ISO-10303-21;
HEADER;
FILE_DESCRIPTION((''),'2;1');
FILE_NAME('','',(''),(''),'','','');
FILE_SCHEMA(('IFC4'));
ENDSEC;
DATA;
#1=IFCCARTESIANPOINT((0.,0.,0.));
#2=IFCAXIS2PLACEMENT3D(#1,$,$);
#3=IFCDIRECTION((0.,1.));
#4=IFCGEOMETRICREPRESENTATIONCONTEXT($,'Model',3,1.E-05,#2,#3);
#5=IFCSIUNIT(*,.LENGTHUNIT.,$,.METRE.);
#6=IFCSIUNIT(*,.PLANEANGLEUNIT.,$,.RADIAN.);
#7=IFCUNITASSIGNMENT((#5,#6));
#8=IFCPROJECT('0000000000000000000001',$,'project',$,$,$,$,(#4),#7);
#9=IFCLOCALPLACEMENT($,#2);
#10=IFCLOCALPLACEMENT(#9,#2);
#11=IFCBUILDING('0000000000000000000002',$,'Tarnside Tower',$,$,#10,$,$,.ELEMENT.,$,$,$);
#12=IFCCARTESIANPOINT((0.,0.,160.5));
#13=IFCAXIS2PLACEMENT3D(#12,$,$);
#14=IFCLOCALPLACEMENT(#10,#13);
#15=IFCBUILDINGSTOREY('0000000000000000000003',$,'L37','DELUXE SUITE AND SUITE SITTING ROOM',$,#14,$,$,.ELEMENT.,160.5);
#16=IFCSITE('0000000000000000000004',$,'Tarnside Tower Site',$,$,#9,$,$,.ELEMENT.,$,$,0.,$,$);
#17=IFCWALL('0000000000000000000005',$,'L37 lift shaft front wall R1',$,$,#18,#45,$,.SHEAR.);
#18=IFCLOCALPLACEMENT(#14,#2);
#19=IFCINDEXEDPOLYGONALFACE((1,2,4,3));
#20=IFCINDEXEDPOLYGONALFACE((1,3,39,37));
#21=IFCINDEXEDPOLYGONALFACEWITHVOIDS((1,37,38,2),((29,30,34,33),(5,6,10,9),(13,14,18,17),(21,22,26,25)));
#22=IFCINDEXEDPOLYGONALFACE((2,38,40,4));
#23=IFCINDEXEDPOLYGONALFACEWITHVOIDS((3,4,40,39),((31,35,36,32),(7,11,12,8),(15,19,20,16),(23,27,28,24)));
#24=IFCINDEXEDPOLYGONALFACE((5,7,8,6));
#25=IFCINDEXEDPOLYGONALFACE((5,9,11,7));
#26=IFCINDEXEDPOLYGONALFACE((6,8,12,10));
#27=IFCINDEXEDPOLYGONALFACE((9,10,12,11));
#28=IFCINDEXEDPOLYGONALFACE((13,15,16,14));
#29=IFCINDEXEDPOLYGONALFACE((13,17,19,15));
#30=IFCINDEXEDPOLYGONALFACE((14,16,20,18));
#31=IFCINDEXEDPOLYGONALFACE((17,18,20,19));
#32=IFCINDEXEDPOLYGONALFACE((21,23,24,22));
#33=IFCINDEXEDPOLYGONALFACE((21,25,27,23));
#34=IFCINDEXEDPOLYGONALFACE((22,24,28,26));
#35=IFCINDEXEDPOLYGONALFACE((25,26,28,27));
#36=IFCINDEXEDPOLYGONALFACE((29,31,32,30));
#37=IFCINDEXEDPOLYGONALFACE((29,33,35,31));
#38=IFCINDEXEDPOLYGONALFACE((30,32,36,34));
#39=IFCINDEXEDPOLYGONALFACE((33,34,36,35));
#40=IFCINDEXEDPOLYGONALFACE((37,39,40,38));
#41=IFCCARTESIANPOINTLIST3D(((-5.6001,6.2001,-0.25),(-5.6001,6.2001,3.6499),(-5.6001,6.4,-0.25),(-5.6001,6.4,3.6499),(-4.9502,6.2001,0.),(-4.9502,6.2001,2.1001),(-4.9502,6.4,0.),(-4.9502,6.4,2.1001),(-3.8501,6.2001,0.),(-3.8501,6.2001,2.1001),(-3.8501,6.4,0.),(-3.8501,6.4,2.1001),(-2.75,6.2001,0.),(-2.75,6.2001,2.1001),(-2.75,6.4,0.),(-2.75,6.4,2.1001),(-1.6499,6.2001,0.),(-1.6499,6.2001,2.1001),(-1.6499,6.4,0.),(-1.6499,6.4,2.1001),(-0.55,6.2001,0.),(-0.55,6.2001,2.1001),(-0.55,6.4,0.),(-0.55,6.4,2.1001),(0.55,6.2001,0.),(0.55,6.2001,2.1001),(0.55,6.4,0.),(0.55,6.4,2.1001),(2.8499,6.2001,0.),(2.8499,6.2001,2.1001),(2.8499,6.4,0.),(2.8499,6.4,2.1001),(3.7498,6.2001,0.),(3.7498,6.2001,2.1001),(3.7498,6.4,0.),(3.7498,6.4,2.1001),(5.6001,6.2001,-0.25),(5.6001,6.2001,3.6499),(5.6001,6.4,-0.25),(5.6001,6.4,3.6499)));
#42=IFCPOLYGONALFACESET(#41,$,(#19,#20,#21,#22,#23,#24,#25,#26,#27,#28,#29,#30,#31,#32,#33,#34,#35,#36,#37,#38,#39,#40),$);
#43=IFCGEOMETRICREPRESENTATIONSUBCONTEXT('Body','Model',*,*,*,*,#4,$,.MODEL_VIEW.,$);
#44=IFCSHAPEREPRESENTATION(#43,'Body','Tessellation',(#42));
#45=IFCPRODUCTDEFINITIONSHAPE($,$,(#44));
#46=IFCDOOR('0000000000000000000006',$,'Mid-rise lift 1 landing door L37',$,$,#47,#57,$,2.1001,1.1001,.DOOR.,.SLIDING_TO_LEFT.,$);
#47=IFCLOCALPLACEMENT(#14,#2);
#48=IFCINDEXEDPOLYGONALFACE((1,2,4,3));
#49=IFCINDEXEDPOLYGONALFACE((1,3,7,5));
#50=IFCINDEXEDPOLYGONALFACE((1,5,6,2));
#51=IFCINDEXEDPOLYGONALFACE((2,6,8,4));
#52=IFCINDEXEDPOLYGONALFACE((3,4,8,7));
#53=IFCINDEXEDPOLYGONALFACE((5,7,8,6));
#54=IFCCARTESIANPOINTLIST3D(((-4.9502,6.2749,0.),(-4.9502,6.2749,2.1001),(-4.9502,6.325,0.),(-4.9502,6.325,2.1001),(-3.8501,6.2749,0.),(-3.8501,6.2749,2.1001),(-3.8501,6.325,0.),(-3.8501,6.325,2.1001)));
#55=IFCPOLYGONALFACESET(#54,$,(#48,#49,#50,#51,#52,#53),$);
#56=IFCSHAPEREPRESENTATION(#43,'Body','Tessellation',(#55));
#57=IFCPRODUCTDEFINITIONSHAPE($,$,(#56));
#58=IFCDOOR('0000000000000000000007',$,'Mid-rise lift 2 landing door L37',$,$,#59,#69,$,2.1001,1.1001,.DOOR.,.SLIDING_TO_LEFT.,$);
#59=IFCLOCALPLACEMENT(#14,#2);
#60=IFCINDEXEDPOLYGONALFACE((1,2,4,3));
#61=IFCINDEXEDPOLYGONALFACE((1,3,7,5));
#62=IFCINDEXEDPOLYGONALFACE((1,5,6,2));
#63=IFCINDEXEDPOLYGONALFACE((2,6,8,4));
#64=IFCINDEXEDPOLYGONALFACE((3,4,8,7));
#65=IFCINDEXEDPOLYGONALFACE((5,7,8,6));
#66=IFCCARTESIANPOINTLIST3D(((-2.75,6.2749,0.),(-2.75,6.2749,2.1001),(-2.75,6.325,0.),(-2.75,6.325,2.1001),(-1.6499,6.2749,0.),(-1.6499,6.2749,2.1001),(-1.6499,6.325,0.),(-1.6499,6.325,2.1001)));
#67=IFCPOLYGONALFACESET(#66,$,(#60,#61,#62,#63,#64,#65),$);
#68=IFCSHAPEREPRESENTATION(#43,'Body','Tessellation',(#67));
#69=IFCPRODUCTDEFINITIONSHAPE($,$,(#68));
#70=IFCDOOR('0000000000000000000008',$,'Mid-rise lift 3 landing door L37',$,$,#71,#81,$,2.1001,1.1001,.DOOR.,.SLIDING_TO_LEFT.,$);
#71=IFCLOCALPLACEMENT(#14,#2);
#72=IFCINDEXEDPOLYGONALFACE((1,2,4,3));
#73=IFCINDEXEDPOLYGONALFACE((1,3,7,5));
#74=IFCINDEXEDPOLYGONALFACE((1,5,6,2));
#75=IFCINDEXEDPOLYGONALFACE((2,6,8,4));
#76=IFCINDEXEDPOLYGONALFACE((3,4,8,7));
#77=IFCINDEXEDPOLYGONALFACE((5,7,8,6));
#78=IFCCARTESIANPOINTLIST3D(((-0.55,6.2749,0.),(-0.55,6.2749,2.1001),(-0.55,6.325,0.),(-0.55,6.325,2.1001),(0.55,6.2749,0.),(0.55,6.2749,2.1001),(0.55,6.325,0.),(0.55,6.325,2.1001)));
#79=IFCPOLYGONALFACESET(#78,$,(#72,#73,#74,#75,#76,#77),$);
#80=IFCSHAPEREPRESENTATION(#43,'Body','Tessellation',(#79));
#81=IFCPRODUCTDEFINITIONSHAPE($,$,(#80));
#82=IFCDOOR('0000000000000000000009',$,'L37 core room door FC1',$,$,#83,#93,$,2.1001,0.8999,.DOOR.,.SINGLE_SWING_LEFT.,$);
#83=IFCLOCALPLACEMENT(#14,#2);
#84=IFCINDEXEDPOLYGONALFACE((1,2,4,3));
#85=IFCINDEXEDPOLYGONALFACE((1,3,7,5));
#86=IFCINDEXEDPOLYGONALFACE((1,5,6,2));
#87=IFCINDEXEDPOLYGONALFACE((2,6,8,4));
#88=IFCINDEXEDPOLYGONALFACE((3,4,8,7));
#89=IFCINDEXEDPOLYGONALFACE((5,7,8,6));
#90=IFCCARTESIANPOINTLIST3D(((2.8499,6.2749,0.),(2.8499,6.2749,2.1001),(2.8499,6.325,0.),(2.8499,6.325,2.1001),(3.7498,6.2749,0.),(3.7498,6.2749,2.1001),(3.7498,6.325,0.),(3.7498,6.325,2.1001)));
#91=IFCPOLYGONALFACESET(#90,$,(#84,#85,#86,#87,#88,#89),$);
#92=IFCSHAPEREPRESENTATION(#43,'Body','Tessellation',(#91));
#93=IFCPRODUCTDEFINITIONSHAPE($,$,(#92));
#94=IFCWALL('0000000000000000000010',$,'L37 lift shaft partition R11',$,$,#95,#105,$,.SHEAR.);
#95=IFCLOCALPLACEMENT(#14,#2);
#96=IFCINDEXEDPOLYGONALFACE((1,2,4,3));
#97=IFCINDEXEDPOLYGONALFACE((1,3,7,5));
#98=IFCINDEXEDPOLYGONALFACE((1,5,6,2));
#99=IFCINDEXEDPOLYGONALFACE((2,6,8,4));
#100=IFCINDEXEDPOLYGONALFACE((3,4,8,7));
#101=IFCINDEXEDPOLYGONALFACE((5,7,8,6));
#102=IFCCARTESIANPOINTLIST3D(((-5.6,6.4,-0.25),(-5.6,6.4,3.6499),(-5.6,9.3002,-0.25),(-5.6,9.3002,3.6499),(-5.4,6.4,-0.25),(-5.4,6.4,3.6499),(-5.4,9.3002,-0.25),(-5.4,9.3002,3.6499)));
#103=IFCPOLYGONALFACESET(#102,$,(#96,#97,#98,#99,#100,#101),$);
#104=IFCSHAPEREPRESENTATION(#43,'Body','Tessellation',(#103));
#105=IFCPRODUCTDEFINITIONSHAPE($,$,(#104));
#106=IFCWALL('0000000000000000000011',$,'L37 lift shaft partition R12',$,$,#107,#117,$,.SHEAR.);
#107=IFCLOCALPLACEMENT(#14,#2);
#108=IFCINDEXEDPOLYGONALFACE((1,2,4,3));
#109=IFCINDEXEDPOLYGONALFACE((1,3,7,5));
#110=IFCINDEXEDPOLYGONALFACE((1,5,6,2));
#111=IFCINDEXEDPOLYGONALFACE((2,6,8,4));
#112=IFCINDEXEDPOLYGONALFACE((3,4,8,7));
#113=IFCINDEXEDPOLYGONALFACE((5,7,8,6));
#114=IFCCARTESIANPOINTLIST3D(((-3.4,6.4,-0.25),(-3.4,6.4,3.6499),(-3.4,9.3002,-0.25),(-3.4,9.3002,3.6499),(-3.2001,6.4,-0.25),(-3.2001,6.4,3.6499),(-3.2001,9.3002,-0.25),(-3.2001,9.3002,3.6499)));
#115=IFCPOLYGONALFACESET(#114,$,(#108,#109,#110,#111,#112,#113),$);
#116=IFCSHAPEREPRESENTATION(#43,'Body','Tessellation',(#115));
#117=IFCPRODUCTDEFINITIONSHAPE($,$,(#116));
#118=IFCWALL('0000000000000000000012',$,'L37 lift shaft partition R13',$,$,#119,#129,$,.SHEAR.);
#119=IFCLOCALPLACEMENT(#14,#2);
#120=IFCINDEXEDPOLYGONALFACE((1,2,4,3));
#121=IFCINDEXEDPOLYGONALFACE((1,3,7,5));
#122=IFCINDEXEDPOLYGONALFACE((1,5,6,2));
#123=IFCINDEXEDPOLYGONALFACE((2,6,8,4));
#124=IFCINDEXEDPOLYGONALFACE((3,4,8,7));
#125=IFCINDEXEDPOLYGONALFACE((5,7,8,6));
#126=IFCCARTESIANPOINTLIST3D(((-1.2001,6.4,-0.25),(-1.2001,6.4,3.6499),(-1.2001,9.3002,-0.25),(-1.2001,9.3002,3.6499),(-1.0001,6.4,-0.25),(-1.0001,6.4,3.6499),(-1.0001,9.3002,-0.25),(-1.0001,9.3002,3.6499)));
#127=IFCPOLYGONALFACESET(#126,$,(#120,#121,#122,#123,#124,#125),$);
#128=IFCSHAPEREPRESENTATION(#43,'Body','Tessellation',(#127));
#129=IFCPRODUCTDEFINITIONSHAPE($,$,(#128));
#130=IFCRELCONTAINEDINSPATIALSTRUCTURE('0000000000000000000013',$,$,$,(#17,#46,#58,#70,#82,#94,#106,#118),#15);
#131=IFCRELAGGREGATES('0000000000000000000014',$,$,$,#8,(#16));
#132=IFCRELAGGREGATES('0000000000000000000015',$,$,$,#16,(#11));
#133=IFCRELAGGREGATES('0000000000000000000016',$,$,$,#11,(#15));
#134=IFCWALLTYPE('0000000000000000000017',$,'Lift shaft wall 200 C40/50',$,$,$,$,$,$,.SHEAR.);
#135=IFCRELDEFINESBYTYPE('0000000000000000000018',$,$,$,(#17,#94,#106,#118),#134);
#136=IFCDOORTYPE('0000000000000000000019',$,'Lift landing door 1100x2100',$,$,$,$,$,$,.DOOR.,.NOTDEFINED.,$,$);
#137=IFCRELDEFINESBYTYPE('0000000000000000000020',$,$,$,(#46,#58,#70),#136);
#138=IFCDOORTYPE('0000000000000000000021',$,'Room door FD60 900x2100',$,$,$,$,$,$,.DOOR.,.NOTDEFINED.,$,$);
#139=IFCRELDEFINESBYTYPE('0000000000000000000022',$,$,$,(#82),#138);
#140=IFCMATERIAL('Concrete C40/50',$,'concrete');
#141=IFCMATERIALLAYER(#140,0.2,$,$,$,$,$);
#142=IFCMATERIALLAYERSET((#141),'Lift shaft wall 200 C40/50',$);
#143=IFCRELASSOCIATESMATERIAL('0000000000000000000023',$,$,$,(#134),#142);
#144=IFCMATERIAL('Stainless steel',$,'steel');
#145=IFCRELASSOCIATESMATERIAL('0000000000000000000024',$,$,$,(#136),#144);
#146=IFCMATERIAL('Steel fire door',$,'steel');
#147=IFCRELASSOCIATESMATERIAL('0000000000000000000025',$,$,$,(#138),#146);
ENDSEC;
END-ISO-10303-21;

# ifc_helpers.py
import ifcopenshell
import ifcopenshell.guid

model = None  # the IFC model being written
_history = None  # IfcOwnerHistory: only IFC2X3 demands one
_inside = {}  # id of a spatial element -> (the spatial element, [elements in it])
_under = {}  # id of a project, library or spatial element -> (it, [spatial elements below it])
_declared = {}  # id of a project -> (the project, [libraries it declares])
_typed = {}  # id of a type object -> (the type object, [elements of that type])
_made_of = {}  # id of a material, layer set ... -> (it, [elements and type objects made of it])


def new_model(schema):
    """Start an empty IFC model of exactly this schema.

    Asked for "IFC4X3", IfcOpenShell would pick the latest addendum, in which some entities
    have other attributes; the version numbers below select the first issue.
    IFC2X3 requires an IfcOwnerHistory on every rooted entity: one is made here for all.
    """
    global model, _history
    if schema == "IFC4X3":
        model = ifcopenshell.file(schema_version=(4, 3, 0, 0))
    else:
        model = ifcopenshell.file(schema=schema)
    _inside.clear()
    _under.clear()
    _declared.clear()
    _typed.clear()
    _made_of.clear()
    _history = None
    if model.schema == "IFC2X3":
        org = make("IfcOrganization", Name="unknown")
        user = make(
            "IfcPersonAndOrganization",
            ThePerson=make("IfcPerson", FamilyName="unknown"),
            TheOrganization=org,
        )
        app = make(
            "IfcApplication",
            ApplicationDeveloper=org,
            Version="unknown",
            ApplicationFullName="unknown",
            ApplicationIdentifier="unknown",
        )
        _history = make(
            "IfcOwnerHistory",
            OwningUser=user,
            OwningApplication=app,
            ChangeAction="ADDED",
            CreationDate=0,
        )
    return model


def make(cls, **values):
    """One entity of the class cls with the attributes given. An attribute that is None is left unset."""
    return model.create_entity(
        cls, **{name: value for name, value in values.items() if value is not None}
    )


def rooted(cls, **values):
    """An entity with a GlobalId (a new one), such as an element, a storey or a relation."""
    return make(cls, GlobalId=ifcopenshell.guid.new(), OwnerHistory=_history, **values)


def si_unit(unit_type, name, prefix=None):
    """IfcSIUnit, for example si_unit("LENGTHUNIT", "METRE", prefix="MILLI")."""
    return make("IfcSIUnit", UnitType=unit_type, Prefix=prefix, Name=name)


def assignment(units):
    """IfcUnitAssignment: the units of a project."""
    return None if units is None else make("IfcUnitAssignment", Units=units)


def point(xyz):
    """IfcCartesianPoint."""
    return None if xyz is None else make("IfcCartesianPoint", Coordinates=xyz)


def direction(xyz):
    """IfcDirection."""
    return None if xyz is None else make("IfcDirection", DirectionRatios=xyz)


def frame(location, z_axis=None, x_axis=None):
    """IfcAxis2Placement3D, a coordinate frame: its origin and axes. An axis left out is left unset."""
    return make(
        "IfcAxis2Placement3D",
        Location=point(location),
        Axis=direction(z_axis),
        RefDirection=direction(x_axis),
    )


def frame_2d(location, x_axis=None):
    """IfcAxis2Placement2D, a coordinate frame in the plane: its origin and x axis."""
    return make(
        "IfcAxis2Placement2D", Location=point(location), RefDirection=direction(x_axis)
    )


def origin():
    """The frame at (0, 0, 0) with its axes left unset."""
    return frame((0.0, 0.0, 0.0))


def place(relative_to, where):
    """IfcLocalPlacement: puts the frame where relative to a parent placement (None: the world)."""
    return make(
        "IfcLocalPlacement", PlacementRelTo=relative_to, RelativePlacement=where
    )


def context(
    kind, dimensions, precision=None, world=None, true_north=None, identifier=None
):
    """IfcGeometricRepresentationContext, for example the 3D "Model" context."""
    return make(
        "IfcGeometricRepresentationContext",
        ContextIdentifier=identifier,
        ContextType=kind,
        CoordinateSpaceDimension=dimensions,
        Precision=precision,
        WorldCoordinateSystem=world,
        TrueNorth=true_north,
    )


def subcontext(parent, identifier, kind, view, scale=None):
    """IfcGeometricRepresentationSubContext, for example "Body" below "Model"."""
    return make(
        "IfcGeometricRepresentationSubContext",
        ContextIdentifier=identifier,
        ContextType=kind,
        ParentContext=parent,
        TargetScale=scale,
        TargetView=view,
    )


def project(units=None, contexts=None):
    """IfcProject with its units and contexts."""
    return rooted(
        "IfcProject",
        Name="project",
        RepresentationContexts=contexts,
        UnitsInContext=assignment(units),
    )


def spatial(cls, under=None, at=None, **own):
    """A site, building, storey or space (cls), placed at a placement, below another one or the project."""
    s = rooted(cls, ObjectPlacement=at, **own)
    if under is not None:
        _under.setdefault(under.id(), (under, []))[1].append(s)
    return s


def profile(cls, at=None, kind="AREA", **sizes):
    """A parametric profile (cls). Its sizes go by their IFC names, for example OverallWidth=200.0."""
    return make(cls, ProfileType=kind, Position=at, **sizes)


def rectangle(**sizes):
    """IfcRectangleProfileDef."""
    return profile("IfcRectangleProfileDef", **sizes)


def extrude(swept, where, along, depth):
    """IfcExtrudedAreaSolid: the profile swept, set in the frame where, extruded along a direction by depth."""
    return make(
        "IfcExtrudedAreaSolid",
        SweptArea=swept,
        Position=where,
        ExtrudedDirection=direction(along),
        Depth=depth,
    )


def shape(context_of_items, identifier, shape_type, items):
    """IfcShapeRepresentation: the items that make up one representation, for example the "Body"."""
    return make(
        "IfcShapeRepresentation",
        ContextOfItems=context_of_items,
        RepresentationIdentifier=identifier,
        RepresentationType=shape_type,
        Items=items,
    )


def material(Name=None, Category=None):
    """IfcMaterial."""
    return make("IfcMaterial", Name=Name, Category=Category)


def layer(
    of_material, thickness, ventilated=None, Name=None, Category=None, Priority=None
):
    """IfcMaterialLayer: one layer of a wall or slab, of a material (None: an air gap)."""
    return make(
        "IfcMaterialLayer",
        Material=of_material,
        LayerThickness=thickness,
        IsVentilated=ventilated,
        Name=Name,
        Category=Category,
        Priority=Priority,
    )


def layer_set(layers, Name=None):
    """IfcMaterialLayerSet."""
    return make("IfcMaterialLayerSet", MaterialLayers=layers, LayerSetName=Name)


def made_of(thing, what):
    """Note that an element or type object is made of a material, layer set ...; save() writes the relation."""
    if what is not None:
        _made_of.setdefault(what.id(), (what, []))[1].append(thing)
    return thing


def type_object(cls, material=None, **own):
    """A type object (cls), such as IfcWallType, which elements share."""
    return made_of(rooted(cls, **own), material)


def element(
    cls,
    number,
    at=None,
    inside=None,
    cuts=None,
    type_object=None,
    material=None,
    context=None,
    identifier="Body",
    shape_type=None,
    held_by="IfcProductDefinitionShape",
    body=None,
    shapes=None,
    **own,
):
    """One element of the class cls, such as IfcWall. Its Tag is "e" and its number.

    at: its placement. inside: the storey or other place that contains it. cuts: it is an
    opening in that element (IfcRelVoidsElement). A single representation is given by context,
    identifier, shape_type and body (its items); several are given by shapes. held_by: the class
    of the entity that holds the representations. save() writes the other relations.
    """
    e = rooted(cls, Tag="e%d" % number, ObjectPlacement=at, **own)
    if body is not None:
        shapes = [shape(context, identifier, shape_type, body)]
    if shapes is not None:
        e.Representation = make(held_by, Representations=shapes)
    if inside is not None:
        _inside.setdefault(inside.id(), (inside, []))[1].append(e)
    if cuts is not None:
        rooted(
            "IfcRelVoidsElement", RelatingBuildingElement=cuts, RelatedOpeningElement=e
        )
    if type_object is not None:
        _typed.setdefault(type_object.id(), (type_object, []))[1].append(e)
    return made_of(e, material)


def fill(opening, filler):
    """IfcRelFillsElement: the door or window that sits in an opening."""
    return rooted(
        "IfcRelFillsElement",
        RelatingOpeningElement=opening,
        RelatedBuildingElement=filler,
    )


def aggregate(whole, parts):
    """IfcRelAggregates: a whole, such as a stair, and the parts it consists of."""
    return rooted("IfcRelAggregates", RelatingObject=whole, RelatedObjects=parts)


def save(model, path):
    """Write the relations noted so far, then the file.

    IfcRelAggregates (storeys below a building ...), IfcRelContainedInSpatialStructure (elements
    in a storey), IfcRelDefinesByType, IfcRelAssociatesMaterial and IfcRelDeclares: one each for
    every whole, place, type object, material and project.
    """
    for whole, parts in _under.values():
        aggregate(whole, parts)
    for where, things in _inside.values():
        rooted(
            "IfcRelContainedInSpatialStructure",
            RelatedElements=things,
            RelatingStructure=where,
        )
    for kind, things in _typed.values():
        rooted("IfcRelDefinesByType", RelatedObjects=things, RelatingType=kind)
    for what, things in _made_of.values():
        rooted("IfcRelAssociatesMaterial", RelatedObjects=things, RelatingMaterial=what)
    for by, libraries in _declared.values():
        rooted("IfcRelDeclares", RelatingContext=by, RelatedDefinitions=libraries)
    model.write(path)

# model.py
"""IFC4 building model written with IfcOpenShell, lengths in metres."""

from ifc_helpers import new_model, si_unit, direction, frame, frame_2d, origin, place, context, subcontext, project, spatial, rectangle, extrude, material, layer, layer_set, type_object, element, fill, save


model = new_model("IFC4")

# Units and contexts
model_context = context("Model", 3, precision=1e-05, world=origin(), true_north=direction((0.0, 1.0)))
body_context = subcontext(model_context, "Body", "Model", "MODEL_VIEW")
ifc_project = project(units=[si_unit("LENGTHUNIT", "METRE"), si_unit("PLANEANGLEUNIT", "RADIAN")], contexts=[model_context])

# Site, building, storey
site_placement = place(None, origin())
site = spatial("IfcSite", under=ifc_project, at=site_placement, Name="Tarnside Tower Site", CompositionType="ELEMENT", RefElevation=0.0)
building_placement = place(site_placement, origin())
building = spatial("IfcBuilding", under=site, at=building_placement, Name="Tarnside Tower", CompositionType="ELEMENT")
storey_placement = place(building_placement, frame((0.0, 0.0, 160.5)))
storey = spatial("IfcBuildingStorey", under=building, at=storey_placement, Name="L37", Description="DELUXE SUITE AND SUITE SITTING ROOM", CompositionType="ELEMENT", Elevation=160.5)

# Wall, openings, doors
ifc_material_1 = material(Name="Concrete C40/50", Category="concrete")
ifc_layer = layer(ifc_material_1, 0.2)
ifc_layer_set = layer_set([ifc_layer], Name="Lift shaft wall 200 C40/50")
wall_type = type_object("IfcWallType", Name="Lift shaft wall 200 C40/50", PredefinedType="SHEAR", material=ifc_layer_set)
wall_1_placement = place(storey_placement, frame((-5.6001, 6.3, -0.25), z_axis=(0.0, 0.0, 1.0), x_axis=(1.0, 0.0, 0.0)))
wall_1 = element("IfcWall", 1, at=wall_1_placement, inside=storey, type_object=wall_type, Name="L37 lift shaft front wall R1", PredefinedType="SHEAR", context=body_context, shape_type="SweptSolid", body=[
    extrude(rectangle(XDim=11.2002, YDim=0.2, at=frame_2d((5.6001, 0.0))), origin(), (0.0, 0.0, 1.0), 3.8999),
])
opening_1_placement = place(wall_1_placement, frame((8.45, 0.0, 0.25)))
opening_1 = element("IfcOpeningElement", 2, at=opening_1_placement, cuts=wall_1, PredefinedType="OPENING", context=body_context, shape_type="SweptSolid", body=[
    extrude(rectangle(XDim=0.8999, YDim=2.1001, at=frame_2d((0.45, 1.05))), frame((0.0, 0.1099, 0.0), z_axis=(0.0, -1.0, 0.0), x_axis=(1.0, 0.0, 0.0)), (0.0, 0.0, 1.0), 0.22),
])
opening_2_placement = place(wall_1_placement, frame((0.6499, 0.0, 0.25)))
opening_2 = element("IfcOpeningElement", 3, at=opening_2_placement, cuts=wall_1, PredefinedType="OPENING", context=body_context, shape_type="SweptSolid", body=[
    extrude(rectangle(XDim=1.1001, YDim=2.1001, at=frame_2d((0.55, 1.05))), frame((0.0, 0.1099, 0.0), z_axis=(0.0, -1.0, 0.0), x_axis=(1.0, 0.0, 0.0)), (0.0, 0.0, 1.0), 0.22),
])
opening_3_placement = place(wall_1_placement, frame((2.8501, 0.0, 0.25)))
opening_3 = element("IfcOpeningElement", 4, at=opening_3_placement, cuts=wall_1, PredefinedType="OPENING", context=body_context, shape_type="SweptSolid", body=[
    extrude(rectangle(XDim=1.1001, YDim=2.1001, at=frame_2d((0.55, 1.05))), frame((0.0, 0.1099, 0.0), z_axis=(0.0, -1.0, 0.0), x_axis=(1.0, 0.0, 0.0)), (0.0, 0.0, 1.0), 0.22),
])
opening_4_placement = place(wall_1_placement, frame((5.05, 0.0, 0.25)))
opening_4 = element("IfcOpeningElement", 5, at=opening_4_placement, cuts=wall_1, PredefinedType="OPENING", context=body_context, shape_type="SweptSolid", body=[
    extrude(rectangle(XDim=1.1001, YDim=2.1001, at=frame_2d((0.55, 1.05))), frame((0.0, 0.1099, 0.0), z_axis=(0.0, -1.0, 0.0), x_axis=(1.0, 0.0, 0.0)), (0.0, 0.0, 1.0), 0.22),
])
ifc_material_2 = material(Name="Stainless steel", Category="steel")
door_type_1 = type_object("IfcDoorType", Name="Lift landing door 1100x2100", OperationType="NOTDEFINED", PredefinedType="DOOR", material=ifc_material_2)
door_1_placement = place(opening_2_placement, origin())
door_1 = element("IfcDoor", 6, at=door_1_placement, inside=storey, type_object=door_type_1, Name="Mid-rise lift 1 landing door L37", OperationType="SLIDING_TO_LEFT", OverallHeight=2.1001, OverallWidth=1.1001, PredefinedType="DOOR", context=body_context, shape_type="SweptSolid", body=[
    extrude(rectangle(XDim=1.1001, YDim=2.1001, at=frame_2d((0.55, 1.05))), frame((0.0, 0.0249, 0.0), z_axis=(0.0, -1.0, 0.0), x_axis=(1.0, 0.0, 0.0)), (0.0, 0.0, 1.0), 0.05),
])
fill(opening_2, door_1)
door_2_placement = place(opening_3_placement, origin())
door_2 = element("IfcDoor", 7, at=door_2_placement, inside=storey, type_object=door_type_1, Name="Mid-rise lift 2 landing door L37", OperationType="SLIDING_TO_LEFT", OverallHeight=2.1001, OverallWidth=1.1001, PredefinedType="DOOR", context=body_context, shape_type="SweptSolid", body=[
    extrude(rectangle(XDim=1.1001, YDim=2.1001, at=frame_2d((0.55, 1.05))), frame((0.0, 0.0249, 0.0), z_axis=(0.0, -1.0, 0.0), x_axis=(1.0, 0.0, 0.0)), (0.0, 0.0, 1.0), 0.05),
])
fill(opening_3, door_2)
door_3_placement = place(opening_4_placement, origin())
door_3 = element("IfcDoor", 8, at=door_3_placement, inside=storey, type_object=door_type_1, Name="Mid-rise lift 3 landing door L37", OperationType="SLIDING_TO_LEFT", OverallHeight=2.1001, OverallWidth=1.1001, PredefinedType="DOOR", context=body_context, shape_type="SweptSolid", body=[
    extrude(rectangle(XDim=1.1001, YDim=2.1001, at=frame_2d((0.55, 1.05))), frame((0.0, 0.0249, 0.0), z_axis=(0.0, -1.0, 0.0), x_axis=(1.0, 0.0, 0.0)), (0.0, 0.0, 1.0), 0.05),
])
fill(opening_4, door_3)
ifc_material_3 = material(Name="Steel fire door", Category="steel")
door_type_2 = type_object("IfcDoorType", Name="Room door FD60 900x2100", OperationType="NOTDEFINED", PredefinedType="DOOR", material=ifc_material_3)
door_4_placement = place(opening_1_placement, origin())
door_4 = element("IfcDoor", 9, at=door_4_placement, inside=storey, type_object=door_type_2, Name="L37 core room door FC1", OperationType="SINGLE_SWING_LEFT", OverallHeight=2.1001, OverallWidth=0.8999, PredefinedType="DOOR", context=body_context, shape_type="SweptSolid", body=[
    extrude(rectangle(XDim=0.8999, YDim=2.1001, at=frame_2d((0.45, 1.05))), frame((0.0, 0.0249, 0.0), z_axis=(0.0, -1.0, 0.0), x_axis=(1.0, 0.0, 0.0)), (0.0, 0.0, 1.0), 0.05),
])
fill(opening_1, door_4)

# Walls
for number, where, z_axis, x_axis, name in (
    (10, (-5.5, 6.3999, -0.25), (0.0, 0.0, 1.0), (0.0, 1.0, 0.0), "L37 lift shaft partition R11"),
    (11, (-3.3, 6.3999, -0.25), (0.0, 0.0, 1.0), (0.0, 1.0, 0.0), "L37 lift shaft partition R12"),
    (12, (-1.1001, 6.3999, -0.25), (0.0, 0.0, 1.0), (0.0, 1.0, 0.0), "L37 lift shaft partition R13"),
):
    element("IfcWall", number, at=place(storey_placement, frame(where, z_axis=z_axis, x_axis=x_axis)), inside=storey, type_object=wall_type, Name=name, PredefinedType="SHEAR", context=body_context, shape_type="SweptSolid", body=[
        extrude(rectangle(XDim=2.9001, YDim=0.2, at=frame_2d((1.4502, 0.0))), origin(), (0.0, 0.0, 1.0), 3.8999),
    ])

save(model, "model.ifc")
